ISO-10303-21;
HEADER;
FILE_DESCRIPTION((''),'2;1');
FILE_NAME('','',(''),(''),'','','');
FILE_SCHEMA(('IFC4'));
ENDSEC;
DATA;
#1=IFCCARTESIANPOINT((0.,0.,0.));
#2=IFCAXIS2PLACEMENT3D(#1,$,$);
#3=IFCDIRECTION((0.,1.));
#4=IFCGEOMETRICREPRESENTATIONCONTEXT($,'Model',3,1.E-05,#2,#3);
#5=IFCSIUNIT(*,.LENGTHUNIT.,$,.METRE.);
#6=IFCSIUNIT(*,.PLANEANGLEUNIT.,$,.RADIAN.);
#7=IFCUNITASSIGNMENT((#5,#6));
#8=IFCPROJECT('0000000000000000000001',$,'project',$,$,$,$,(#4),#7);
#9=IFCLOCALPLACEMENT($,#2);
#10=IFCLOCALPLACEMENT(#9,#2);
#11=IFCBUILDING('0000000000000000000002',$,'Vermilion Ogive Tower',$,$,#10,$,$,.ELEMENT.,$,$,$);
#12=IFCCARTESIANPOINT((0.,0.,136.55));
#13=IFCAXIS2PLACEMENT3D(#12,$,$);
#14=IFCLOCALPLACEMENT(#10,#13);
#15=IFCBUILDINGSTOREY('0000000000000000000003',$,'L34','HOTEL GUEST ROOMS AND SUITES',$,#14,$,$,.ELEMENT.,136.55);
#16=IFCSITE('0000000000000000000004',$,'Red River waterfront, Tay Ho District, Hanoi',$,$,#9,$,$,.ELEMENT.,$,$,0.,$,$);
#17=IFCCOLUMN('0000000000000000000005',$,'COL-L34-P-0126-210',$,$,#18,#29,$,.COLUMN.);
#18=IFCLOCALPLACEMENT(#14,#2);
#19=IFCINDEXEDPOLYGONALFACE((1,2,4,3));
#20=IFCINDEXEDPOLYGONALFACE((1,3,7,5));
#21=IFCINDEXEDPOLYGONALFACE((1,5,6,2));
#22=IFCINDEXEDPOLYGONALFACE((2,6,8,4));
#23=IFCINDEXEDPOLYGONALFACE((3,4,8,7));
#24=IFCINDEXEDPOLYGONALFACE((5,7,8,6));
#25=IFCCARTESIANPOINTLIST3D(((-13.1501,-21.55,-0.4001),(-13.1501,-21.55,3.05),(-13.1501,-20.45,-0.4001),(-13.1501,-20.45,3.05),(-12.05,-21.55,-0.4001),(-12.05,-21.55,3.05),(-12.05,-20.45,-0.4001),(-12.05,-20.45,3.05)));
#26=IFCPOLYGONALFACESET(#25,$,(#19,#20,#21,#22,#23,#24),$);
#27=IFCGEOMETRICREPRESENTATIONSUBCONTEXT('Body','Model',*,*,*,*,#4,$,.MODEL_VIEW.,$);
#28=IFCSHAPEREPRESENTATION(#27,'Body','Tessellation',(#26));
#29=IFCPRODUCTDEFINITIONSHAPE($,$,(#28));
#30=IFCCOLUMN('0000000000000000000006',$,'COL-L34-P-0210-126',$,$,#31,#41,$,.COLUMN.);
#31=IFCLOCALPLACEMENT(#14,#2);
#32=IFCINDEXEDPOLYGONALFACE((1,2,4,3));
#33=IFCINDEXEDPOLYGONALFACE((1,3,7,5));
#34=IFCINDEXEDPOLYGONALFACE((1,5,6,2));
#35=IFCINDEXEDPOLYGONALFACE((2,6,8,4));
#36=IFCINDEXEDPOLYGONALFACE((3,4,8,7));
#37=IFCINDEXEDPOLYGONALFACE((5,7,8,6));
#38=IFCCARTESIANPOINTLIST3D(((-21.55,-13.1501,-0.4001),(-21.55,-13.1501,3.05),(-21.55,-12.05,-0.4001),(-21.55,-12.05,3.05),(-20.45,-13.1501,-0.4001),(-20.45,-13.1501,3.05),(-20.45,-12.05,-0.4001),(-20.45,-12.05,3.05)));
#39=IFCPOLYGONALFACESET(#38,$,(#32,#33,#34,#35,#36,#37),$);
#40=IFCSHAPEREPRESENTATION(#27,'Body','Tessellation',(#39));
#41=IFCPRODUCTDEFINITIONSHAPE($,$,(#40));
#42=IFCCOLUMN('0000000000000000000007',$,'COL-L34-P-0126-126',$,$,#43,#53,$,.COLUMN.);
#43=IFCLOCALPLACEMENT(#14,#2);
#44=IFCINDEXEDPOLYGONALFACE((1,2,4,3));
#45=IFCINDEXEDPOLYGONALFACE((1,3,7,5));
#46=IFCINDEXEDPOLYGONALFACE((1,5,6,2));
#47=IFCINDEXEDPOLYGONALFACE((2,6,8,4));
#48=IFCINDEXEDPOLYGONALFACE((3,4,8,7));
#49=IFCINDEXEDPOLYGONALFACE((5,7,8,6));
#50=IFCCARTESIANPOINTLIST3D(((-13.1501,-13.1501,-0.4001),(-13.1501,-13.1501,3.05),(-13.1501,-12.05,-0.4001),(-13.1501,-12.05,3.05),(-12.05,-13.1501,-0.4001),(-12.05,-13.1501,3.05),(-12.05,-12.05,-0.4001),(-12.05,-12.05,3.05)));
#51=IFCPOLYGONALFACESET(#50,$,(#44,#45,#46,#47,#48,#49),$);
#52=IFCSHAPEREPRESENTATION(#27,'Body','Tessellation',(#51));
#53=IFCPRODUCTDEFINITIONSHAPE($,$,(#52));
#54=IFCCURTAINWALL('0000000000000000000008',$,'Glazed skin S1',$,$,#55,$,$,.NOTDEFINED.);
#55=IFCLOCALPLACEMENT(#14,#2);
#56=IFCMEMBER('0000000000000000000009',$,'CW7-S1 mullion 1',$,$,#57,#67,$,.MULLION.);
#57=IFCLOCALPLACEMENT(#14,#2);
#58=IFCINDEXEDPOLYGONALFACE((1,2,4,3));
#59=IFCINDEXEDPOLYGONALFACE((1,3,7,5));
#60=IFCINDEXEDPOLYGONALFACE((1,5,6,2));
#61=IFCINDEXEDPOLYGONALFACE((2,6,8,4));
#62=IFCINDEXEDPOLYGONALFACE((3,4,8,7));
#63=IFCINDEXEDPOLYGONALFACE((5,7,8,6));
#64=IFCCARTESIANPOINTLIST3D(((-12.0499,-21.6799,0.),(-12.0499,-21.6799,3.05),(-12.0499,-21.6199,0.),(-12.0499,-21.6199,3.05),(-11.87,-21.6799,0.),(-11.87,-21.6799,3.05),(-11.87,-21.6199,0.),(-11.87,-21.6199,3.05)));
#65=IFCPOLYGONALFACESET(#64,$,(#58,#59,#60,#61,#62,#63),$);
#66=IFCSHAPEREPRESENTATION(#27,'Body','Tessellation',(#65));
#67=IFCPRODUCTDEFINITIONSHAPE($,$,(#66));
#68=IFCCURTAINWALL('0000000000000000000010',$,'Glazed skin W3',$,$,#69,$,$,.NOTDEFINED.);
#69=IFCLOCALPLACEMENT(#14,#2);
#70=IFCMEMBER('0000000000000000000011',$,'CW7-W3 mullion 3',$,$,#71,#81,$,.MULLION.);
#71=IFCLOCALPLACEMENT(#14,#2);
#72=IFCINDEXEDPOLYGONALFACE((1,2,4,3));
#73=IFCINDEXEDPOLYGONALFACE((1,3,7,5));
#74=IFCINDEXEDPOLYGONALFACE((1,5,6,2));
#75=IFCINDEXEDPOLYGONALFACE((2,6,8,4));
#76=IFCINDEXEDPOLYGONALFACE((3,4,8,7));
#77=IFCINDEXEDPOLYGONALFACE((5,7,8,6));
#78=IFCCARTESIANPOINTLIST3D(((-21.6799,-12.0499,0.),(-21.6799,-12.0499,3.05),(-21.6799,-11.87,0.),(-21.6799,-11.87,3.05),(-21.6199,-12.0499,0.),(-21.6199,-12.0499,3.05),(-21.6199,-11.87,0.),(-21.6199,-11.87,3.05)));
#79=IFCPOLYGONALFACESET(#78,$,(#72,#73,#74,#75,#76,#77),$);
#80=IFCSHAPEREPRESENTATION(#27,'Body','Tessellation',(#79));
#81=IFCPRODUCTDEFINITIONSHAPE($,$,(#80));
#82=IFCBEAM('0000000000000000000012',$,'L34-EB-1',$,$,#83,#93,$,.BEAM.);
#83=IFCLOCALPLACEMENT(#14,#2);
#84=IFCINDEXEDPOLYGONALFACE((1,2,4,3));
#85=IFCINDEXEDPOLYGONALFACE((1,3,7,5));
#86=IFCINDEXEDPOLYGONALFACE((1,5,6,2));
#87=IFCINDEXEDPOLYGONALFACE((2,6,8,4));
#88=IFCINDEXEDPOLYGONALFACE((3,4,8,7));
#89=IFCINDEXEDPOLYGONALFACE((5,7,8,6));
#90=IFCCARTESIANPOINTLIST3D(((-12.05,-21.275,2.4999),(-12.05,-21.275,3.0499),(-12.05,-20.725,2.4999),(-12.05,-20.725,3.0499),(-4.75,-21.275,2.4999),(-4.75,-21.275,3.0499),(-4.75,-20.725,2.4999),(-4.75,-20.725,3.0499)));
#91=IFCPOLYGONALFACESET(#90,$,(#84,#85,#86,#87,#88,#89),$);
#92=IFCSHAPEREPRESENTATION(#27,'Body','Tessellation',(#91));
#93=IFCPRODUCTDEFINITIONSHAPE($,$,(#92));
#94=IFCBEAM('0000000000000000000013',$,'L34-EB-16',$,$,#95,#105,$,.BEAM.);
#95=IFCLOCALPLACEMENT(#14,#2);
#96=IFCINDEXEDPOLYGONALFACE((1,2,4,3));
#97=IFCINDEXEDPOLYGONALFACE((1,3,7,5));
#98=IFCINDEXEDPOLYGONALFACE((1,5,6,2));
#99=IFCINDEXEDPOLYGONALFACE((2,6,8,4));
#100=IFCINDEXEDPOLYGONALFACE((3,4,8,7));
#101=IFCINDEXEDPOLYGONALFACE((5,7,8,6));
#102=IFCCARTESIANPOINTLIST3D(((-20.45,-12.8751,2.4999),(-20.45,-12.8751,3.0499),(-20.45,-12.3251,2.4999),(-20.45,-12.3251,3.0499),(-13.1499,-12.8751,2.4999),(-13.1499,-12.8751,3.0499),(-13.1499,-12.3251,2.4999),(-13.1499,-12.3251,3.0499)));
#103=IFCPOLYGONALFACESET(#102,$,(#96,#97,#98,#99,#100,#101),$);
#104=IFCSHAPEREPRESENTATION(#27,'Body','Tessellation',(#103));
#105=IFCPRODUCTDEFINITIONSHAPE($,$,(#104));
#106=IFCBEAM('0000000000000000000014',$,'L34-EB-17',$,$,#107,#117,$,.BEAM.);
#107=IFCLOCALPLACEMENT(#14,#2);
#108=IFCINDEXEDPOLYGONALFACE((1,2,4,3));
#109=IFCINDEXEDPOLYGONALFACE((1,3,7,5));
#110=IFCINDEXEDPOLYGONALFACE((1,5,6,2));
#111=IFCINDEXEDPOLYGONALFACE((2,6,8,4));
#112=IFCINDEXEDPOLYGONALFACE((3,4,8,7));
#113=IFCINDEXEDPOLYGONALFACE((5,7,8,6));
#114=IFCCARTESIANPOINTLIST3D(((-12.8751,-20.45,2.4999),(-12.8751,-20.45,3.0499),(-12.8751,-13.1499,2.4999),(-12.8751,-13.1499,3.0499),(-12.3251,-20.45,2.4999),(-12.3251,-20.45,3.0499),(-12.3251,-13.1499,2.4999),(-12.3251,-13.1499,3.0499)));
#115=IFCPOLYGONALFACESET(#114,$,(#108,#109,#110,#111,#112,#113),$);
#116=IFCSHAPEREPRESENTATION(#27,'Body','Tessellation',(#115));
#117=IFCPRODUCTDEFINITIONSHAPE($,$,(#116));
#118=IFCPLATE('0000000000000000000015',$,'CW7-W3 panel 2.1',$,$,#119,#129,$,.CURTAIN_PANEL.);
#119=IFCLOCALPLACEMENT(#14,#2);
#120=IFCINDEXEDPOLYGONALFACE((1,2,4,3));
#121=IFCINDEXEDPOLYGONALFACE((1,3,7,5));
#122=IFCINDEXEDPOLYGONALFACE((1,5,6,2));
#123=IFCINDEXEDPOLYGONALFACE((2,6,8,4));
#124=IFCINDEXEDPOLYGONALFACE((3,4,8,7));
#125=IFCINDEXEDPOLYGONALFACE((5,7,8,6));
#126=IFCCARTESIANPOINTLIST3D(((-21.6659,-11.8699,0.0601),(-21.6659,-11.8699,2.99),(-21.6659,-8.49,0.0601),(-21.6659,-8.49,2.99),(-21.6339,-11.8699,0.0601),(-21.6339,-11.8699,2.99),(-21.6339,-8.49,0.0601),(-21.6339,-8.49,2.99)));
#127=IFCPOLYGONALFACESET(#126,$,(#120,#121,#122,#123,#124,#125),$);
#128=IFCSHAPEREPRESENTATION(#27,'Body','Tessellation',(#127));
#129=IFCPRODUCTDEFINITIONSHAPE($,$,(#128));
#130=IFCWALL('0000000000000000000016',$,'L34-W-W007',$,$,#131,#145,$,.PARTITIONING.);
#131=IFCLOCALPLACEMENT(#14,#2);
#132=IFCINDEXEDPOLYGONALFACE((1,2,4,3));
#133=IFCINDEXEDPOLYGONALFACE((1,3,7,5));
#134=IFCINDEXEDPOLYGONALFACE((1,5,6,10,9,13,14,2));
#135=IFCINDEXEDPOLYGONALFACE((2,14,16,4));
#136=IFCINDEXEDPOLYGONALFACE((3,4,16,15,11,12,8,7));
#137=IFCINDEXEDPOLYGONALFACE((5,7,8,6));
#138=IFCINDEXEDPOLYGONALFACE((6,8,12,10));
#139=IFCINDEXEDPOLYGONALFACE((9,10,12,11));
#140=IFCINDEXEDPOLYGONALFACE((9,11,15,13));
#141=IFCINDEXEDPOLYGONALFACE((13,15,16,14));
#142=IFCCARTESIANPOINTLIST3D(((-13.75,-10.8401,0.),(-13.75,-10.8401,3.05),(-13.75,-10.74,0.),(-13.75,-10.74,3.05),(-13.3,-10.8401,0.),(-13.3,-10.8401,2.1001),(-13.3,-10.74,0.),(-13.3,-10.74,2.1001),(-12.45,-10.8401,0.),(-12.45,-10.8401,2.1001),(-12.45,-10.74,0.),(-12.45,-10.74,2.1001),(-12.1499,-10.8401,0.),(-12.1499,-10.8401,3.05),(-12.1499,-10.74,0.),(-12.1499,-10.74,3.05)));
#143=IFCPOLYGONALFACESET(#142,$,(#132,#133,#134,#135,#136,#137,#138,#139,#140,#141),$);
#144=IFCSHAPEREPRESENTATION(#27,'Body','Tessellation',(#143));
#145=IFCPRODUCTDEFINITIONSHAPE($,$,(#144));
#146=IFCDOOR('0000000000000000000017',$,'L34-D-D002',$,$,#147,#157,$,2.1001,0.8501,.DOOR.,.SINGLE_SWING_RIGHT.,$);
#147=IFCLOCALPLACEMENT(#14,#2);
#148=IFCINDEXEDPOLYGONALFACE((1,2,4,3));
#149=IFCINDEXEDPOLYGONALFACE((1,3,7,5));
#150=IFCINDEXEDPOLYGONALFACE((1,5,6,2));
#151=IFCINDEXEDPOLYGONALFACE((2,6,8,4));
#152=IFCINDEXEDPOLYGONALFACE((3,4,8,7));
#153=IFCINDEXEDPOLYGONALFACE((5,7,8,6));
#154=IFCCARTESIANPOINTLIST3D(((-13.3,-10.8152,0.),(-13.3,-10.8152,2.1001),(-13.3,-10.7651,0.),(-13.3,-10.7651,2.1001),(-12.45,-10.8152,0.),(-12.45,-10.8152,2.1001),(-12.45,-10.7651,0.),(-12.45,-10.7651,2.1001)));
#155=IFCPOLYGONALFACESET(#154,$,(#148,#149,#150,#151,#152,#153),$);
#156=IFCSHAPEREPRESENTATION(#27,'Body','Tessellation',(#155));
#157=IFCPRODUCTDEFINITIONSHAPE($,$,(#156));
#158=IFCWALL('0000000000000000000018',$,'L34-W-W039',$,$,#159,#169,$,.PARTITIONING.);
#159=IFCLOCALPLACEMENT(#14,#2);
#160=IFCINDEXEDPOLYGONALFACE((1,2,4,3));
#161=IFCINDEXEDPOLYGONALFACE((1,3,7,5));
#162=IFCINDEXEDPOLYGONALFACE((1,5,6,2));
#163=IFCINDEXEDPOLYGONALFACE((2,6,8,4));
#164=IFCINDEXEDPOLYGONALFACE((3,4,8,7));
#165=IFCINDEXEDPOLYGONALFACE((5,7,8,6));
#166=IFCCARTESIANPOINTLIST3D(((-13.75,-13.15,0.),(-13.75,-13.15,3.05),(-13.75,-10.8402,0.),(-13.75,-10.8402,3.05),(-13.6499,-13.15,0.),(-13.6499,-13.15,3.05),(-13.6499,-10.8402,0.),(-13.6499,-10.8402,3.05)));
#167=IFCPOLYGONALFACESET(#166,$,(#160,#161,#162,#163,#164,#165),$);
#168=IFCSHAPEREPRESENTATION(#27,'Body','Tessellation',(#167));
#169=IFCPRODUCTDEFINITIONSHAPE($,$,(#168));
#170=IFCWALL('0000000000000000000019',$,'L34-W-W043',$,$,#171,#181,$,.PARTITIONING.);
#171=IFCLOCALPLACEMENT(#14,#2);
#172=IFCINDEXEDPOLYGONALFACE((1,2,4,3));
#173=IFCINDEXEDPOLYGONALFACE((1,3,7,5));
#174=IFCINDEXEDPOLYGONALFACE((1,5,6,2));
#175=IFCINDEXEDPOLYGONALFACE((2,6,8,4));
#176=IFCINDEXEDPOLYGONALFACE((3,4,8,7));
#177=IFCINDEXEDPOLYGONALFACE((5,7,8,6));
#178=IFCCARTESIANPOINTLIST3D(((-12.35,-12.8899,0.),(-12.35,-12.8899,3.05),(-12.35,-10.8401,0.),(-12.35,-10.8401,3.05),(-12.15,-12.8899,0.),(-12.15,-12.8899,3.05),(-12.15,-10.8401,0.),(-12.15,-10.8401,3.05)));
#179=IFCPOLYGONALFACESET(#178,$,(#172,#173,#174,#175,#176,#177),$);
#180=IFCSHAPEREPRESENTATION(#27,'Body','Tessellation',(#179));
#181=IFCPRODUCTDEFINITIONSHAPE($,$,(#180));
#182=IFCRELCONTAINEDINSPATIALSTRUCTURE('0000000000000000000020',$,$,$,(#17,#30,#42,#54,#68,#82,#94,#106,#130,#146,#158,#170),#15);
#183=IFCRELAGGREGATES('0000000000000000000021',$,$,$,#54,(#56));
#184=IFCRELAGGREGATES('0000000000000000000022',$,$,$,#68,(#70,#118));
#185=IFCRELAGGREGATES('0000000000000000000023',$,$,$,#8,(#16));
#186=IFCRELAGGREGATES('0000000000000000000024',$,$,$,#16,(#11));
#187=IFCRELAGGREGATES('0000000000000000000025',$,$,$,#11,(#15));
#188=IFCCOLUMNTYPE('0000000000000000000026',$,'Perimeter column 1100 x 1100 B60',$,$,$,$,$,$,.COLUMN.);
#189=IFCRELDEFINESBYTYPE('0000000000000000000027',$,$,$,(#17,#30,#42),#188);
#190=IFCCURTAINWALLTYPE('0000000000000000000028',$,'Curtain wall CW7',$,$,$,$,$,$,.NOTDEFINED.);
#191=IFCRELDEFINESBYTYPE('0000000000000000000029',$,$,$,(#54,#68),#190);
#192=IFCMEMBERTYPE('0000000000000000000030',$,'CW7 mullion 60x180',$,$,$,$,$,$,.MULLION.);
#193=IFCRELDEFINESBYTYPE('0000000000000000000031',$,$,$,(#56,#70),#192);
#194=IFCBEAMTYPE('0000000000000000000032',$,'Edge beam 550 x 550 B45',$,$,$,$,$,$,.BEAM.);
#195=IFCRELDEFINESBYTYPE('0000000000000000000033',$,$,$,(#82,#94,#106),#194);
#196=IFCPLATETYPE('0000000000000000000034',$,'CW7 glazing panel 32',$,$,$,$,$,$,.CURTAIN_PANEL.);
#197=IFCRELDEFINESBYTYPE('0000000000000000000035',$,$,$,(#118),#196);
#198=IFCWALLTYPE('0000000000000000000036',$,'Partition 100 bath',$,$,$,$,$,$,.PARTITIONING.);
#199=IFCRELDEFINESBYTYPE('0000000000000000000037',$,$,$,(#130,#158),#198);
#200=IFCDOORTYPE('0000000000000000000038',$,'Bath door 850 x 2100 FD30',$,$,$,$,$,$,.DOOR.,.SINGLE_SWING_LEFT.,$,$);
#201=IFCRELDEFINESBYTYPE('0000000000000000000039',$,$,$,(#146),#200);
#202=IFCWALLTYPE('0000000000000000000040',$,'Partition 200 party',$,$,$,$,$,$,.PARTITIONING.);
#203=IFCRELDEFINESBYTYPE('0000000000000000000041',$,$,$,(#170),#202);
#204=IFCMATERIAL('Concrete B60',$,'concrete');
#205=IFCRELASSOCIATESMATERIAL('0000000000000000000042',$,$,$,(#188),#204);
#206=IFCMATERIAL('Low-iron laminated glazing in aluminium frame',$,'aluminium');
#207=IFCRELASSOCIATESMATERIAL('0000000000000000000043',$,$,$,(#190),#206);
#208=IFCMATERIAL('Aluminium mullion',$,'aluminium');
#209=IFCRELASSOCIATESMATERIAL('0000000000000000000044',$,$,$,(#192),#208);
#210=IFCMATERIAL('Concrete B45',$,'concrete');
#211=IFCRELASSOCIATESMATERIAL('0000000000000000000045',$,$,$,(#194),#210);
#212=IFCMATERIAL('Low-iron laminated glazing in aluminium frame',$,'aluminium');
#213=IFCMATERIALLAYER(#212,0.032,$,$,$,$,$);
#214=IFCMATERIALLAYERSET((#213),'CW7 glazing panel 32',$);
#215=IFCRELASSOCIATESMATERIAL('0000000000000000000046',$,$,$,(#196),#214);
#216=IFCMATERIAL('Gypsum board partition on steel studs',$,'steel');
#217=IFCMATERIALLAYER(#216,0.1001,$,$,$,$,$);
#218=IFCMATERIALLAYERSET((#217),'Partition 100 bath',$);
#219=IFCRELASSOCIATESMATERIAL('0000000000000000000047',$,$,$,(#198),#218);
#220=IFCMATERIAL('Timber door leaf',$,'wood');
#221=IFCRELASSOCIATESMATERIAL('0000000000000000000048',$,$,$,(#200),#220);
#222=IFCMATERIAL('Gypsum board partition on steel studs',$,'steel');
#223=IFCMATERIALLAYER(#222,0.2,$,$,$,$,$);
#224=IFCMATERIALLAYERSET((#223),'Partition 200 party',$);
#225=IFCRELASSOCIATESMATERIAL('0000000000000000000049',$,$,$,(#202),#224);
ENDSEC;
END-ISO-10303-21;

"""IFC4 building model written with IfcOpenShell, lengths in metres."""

from ifc_helpers import new_model, si_unit, direction, frame, frame_2d, origin, origin_2d, place, context, subcontext, project, spatial, rectangle, extrude, material, layer, layer_set, material_profile, profile_set, type_object, element, fill, aggregate, save


model = new_model("IFC4")

# Units and contexts
model_context = context("Model", 3, precision=1e-05, world=origin(), true_north=direction((0.0, 1.0)))
body_context = subcontext(model_context, "Body", "Model", "MODEL_VIEW")
ifc_project = project(units=[si_unit("LENGTHUNIT", "METRE"), si_unit("PLANEANGLEUNIT", "RADIAN")], contexts=[model_context])

# Site, building, storey
site_placement = place(None, origin())
site = spatial("IfcSite", under=ifc_project, at=site_placement, Name="Red River waterfront, Tay Ho District, Hanoi", CompositionType="ELEMENT", RefElevation=0.0)
building_placement = place(site_placement, origin())
building = spatial("IfcBuilding", under=site, at=building_placement, Name="Vermilion Ogive Tower", CompositionType="ELEMENT")
storey_placement = place(building_placement, frame((0.0, 0.0, 136.55)))
storey = spatial("IfcBuildingStorey", under=building, at=storey_placement, Name="L34", Description="HOTEL GUEST ROOMS AND SUITES", CompositionType="ELEMENT", Elevation=136.55)

# Columns
ifc_material_1 = material(Name="Concrete B60", Category="concrete")
ifc_material_profile_1 = material_profile(ifc_material_1, rectangle(XDim=1.1001, YDim=1.1001, at=origin_2d()), Name="1100 x 1100")
ifc_profile_set_1 = profile_set([ifc_material_profile_1], Name="Concrete B60")
column_type = type_object("IfcColumnType", Name="Perimeter column 1100 x 1100 B60", PredefinedType="COLUMN", material=ifc_profile_set_1)
for number, where, z_axis, x_axis, name in (
    (1, (-12.6001, -21.0, -0.4001), (0.0, 0.0, 1.0), (1.0, 0.0, 0.0), "COL-L34-P-0126-210"),
    (2, (-21.0, -12.6001, -0.4001), (0.0, 0.0, 1.0), (1.0, 0.0, 0.0), "COL-L34-P-0210-126"),
    (3, (-12.6001, -12.6001, -0.4001), (0.0, 0.0, 1.0), (1.0, 0.0, 0.0), "COL-L34-P-0126-126"),
):
    element("IfcColumn", number, at=place(storey_placement, frame(where, z_axis=z_axis, x_axis=x_axis)), inside=storey, type_object=column_type, Name=name, PredefinedType="COLUMN", context=body_context, shape_type="SweptSolid", body=[
        extrude(rectangle(XDim=1.1001, YDim=1.1001, at=origin_2d()), origin(), (0.0, 0.0, 1.0), 3.4502),
    ])

# Curtain walls, members
ifc_material_2 = material(Name="Low-iron laminated glazing in aluminium frame", Category="aluminium")
curtain_wall_type = type_object("IfcCurtainWallType", Name="Curtain wall CW7", PredefinedType="NOTDEFINED", material=ifc_material_2)
curtain_wall_1_placement = place(storey_placement, origin())
curtain_wall_1 = element("IfcCurtainWall", 4, at=curtain_wall_1_placement, inside=storey, type_object=curtain_wall_type, Name="Glazed skin S1", PredefinedType="NOTDEFINED")
ifc_material_3 = material(Name="Aluminium mullion", Category="aluminium")
ifc_material_profile_2 = material_profile(ifc_material_3, rectangle(XDim=0.0601, YDim=0.1799, at=origin_2d()), Name="AL 60x180")
ifc_profile_set_2 = profile_set([ifc_material_profile_2], Name="Aluminium mullion")
member_type = type_object("IfcMemberType", Name="CW7 mullion 60x180", PredefinedType="MULLION", material=ifc_profile_set_2)
member_1_placement = place(storey_placement, frame((-11.96, -21.6499, 0.0), z_axis=(0.0, 0.0, 1.0), x_axis=(0.0, 1.0, 0.0)))
member_1 = element("IfcMember", 5, at=member_1_placement, type_object=member_type, Name="CW7-S1 mullion 1", PredefinedType="MULLION", context=body_context, shape_type="SweptSolid", body=[
    extrude(rectangle(XDim=0.0601, YDim=0.1799, at=origin_2d()), origin(), (0.0, 0.0, 1.0), 3.05),
])
aggregate(curtain_wall_1, [member_1])
curtain_wall_2_placement = place(storey_placement, origin())
curtain_wall_2 = element("IfcCurtainWall", 6, at=curtain_wall_2_placement, inside=storey, type_object=curtain_wall_type, Name="Glazed skin W3", PredefinedType="NOTDEFINED")
member_2_placement = place(storey_placement, frame((-21.6499, -11.96, 0.0), z_axis=(0.0, 0.0, 1.0), x_axis=(1.0, 0.0, 0.0)))
member_2 = element("IfcMember", 7, at=member_2_placement, type_object=member_type, Name="CW7-W3 mullion 3", PredefinedType="MULLION", context=body_context, shape_type="SweptSolid", body=[
    extrude(rectangle(XDim=0.0601, YDim=0.1799, at=origin_2d()), origin(), (0.0, 0.0, 1.0), 3.05),
])

# Beams
ifc_material_4 = material(Name="Concrete B45", Category="concrete")
ifc_material_profile_3 = material_profile(ifc_material_4, rectangle(XDim=0.55, YDim=0.55, at=origin_2d()), Name="550 x 550")
ifc_profile_set_3 = profile_set([ifc_material_profile_3], Name="Concrete B45")
beam_type = type_object("IfcBeamType", Name="Edge beam 550 x 550 B45", PredefinedType="BEAM", material=ifc_profile_set_3)
for number, where, z_axis, x_axis, name in (
    (8, (-12.05, -21.0, 2.7749), (1.0, 0.0, 0.0), (0.0, 1.0, 0.0), "L34-EB-1"),
    (9, (-20.45, -12.6001, 2.7749), (1.0, 0.0, 0.0), (0.0, 1.0, 0.0), "L34-EB-16"),
    (10, (-12.6001, -13.1499, 2.7749), (0.0, -1.0, 0.0), (1.0, 0.0, 0.0), "L34-EB-17"),
):
    element("IfcBeam", number, at=place(storey_placement, frame(where, z_axis=z_axis, x_axis=x_axis)), inside=storey, type_object=beam_type, Name=name, PredefinedType="BEAM", context=body_context, shape_type="SweptSolid", body=[
        extrude(rectangle(XDim=0.55, YDim=0.55, at=origin_2d()), origin(), (0.0, 0.0, 1.0), 7.3),
    ])

# Plate
ifc_material_5 = material(Name="Low-iron laminated glazing in aluminium frame", Category="aluminium")
ifc_layer_1 = layer(ifc_material_5, 0.032)
ifc_layer_set_1 = layer_set([ifc_layer_1], Name="CW7 glazing panel 32")
plate_type = type_object("IfcPlateType", Name="CW7 glazing panel 32", PredefinedType="CURTAIN_PANEL", material=ifc_layer_set_1)
plate_placement = place(storey_placement, frame((-21.6499, -10.1799, 0.0601), z_axis=(0.0, 0.0, 1.0), x_axis=(0.0, -1.0, 0.0)))
plate = element("IfcPlate", 11, at=plate_placement, type_object=plate_type, Name="CW7-W3 panel 2.1", PredefinedType="CURTAIN_PANEL", context=body_context, shape_type="SweptSolid", body=[
    extrude(rectangle(XDim=3.3799, YDim=0.032, at=origin_2d()), origin(), (0.0, 0.0, 1.0), 2.9299),
])
aggregate(curtain_wall_2, [member_2, plate])

# Wall, opening, door
ifc_material_6 = material(Name="Gypsum board partition on steel studs", Category="steel")
ifc_layer_2 = layer(ifc_material_6, 0.1001)
ifc_layer_set_2 = layer_set([ifc_layer_2], Name="Partition 100 bath")
wall_type_1 = type_object("IfcWallType", Name="Partition 100 bath", PredefinedType="PARTITIONING", material=ifc_layer_set_2)
wall_1_placement = place(storey_placement, frame((-13.75, -10.79, 0.0), z_axis=(0.0, 0.0, 1.0), x_axis=(1.0, 0.0, 0.0)))
wall_1 = element("IfcWall", 12, at=wall_1_placement, inside=storey, type_object=wall_type_1, Name="L34-W-W007", PredefinedType="PARTITIONING", context=body_context, shape_type="SweptSolid", body=[
    extrude(rectangle(XDim=1.6001, YDim=0.1001, at=frame_2d((0.8, 0.0))), origin(), (0.0, 0.0, 1.0), 3.05),
])
opening_1_placement = place(wall_1_placement, frame((0.45, 0.0, 0.0)))
opening_1 = element("IfcOpeningElement", 13, at=opening_1_placement, cuts=wall_1, PredefinedType="OPENING", context=body_context, shape_type="SweptSolid", body=[
    extrude(rectangle(XDim=0.8501, YDim=2.1001, at=frame_2d((0.425, 1.05))), frame((0.0, 0.0601, 0.0), z_axis=(0.0, -1.0, 0.0), x_axis=(1.0, 0.0, 0.0)), (0.0, 0.0, 1.0), 0.1201),
])
ifc_material_7 = material(Name="Timber door leaf", Category="wood")
door_type_1 = type_object("IfcDoorType", Name="Bath door 850 x 2100 FD30", OperationType="SINGLE_SWING_LEFT", PredefinedType="DOOR", material=ifc_material_7)
door_1_placement = place(opening_1_placement, origin())
door_1 = element("IfcDoor", 14, at=door_1_placement, inside=storey, type_object=door_type_1, Name="L34-D-D002", OperationType="SINGLE_SWING_RIGHT", OverallHeight=2.1001, OverallWidth=0.8501, PredefinedType="DOOR", context=body_context, shape_type="SweptSolid", body=[
    extrude(rectangle(XDim=0.8501, YDim=2.1001, at=frame_2d((0.425, 1.05))), frame((0.0, 0.0249, 0.0), z_axis=(0.0, -1.0, 0.0), x_axis=(1.0, 0.0, 0.0)), (0.0, 0.0, 1.0), 0.05),
])
fill(opening_1, door_1)

# Walls
wall_2_placement = place(storey_placement, frame((-13.7, -13.1499, 0.0), z_axis=(0.0, 0.0, 1.0), x_axis=(0.0, 1.0, 0.0)))
element("IfcWall", 15, at=wall_2_placement, inside=storey, type_object=wall_type_1, Name="L34-W-W039", PredefinedType="PARTITIONING", context=body_context, shape_type="SweptSolid", body=[
    extrude(rectangle(XDim=2.3098, YDim=0.1001, at=frame_2d((1.1548, 0.0))), origin(), (0.0, 0.0, 1.0), 3.05),
])
ifc_material_8 = material(Name="Gypsum board partition on steel studs", Category="steel")
ifc_layer_3 = layer(ifc_material_8, 0.2)
ifc_layer_set_3 = layer_set([ifc_layer_3], Name="Partition 200 party")
wall_type_2 = type_object("IfcWallType", Name="Partition 200 party", PredefinedType="PARTITIONING", material=ifc_layer_set_3)
wall_3_placement = place(storey_placement, frame((-12.25, -12.8899, 0.0), z_axis=(0.0, 0.0, 1.0), x_axis=(0.0, 1.0, 0.0)))
element("IfcWall", 16, at=wall_3_placement, inside=storey, type_object=wall_type_2, Name="L34-W-W043", PredefinedType="PARTITIONING", context=body_context, shape_type="SweptSolid", body=[
    extrude(rectangle(XDim=2.0498, YDim=0.2, at=frame_2d((1.0249, 0.0))), origin(), (0.0, 0.0, 1.0), 3.05),
])

save(model, "model.ifc")
